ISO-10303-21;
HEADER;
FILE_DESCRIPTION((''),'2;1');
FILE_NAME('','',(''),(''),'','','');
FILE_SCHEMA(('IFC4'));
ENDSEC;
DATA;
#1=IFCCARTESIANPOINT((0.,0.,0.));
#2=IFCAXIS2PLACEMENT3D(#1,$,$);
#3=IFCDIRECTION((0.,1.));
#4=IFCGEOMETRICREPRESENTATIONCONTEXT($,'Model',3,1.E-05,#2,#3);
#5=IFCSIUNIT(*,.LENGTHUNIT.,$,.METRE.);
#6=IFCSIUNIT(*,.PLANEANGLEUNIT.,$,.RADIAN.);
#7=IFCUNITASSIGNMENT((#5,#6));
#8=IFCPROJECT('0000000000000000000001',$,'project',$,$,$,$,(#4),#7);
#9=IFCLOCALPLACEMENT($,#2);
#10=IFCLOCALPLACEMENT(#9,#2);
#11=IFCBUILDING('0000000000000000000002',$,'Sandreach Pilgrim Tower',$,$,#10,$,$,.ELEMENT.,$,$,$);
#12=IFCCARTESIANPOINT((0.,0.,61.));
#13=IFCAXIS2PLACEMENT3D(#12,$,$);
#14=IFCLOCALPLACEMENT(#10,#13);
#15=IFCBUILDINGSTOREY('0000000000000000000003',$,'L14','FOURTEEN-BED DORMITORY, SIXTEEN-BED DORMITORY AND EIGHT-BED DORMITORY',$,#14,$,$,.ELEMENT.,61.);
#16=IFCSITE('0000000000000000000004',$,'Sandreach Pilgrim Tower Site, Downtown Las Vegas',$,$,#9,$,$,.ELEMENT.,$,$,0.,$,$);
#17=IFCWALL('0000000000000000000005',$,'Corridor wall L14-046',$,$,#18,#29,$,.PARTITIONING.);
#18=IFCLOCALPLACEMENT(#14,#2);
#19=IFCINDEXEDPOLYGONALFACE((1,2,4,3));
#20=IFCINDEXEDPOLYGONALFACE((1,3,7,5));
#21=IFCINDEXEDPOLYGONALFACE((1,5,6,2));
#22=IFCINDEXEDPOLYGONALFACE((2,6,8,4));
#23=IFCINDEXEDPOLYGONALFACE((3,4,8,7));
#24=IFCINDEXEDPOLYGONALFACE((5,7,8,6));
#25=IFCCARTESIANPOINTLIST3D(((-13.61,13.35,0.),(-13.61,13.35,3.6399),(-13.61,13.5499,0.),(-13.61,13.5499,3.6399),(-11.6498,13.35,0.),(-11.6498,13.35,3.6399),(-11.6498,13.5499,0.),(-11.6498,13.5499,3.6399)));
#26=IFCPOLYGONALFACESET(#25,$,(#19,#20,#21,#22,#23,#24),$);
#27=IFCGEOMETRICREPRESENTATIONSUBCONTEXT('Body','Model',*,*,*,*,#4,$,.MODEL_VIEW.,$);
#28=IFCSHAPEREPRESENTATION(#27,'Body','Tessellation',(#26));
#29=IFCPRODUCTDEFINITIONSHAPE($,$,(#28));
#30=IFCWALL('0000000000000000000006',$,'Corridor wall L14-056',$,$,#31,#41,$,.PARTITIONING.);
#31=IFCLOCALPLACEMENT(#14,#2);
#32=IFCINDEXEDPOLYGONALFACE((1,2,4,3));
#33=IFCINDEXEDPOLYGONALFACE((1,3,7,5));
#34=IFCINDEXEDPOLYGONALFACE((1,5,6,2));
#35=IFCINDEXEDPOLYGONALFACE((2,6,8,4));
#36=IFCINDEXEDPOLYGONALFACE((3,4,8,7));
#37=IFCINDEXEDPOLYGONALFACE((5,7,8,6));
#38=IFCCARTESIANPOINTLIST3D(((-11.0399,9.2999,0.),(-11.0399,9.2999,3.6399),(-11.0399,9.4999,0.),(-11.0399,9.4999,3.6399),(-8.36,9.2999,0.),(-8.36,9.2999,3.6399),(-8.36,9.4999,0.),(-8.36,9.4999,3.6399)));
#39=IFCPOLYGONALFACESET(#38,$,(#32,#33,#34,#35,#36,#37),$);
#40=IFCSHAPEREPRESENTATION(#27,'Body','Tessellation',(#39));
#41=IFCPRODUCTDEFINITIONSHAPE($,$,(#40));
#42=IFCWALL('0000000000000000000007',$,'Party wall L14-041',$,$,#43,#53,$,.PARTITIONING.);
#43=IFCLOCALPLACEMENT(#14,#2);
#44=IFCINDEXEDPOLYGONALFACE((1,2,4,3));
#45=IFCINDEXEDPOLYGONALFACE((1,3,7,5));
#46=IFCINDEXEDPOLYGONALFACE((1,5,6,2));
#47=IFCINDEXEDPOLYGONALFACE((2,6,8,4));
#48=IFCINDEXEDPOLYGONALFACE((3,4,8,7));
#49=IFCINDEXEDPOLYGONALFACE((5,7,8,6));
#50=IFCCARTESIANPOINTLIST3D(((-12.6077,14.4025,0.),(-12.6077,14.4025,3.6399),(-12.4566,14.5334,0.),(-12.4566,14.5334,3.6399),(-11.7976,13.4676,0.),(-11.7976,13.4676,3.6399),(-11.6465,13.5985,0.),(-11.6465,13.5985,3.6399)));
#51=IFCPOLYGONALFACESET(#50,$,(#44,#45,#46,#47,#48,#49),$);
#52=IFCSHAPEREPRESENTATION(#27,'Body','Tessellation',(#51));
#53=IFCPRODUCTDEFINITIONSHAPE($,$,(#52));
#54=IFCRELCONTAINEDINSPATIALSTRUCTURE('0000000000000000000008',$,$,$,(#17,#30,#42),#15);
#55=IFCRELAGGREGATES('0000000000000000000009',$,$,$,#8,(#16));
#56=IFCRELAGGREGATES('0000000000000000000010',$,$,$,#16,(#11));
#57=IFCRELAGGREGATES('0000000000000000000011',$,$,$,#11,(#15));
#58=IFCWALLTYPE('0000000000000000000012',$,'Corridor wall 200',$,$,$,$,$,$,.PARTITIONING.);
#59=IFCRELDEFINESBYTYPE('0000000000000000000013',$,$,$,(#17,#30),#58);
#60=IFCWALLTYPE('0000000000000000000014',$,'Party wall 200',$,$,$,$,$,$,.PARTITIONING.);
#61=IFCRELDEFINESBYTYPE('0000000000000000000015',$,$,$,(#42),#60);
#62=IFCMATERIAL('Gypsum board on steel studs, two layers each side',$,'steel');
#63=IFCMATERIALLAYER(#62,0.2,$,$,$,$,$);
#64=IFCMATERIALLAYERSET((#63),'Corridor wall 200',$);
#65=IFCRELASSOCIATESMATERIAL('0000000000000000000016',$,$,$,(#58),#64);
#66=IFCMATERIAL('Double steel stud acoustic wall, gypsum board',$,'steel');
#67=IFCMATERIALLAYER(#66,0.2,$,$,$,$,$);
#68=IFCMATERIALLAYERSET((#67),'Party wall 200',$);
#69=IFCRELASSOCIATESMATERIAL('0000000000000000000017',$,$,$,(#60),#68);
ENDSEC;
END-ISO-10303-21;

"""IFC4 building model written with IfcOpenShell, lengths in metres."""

from ifc_helpers import new_model, si_unit, direction, frame, frame_2d, origin, place, context, subcontext, project, spatial, rectangle, extrude, material, layer, layer_set, type_object, element, save


model = new_model("IFC4")

# Units and contexts
model_context = context("Model", 3, precision=1e-05, world=origin(), true_north=direction((0.0, 1.0)))
body_context = subcontext(model_context, "Body", "Model", "MODEL_VIEW")
ifc_project = project(units=[si_unit("LENGTHUNIT", "METRE"), si_unit("PLANEANGLEUNIT", "RADIAN")], contexts=[model_context])

# Site, building, storey
site_placement = place(None, origin())
site = spatial("IfcSite", under=ifc_project, at=site_placement, Name="Sandreach Pilgrim Tower Site, Downtown Las Vegas", CompositionType="ELEMENT", RefElevation=0.0)
building_placement = place(site_placement, origin())
building = spatial("IfcBuilding", under=site, at=building_placement, Name="Sandreach Pilgrim Tower", CompositionType="ELEMENT")
storey_placement = place(building_placement, frame((0.0, 0.0, 61.0)))
storey = spatial("IfcBuildingStorey", under=building, at=storey_placement, Name="L14", Description="FOURTEEN-BED DORMITORY, SIXTEEN-BED DORMITORY AND EIGHT-BED DORMITORY", CompositionType="ELEMENT", Elevation=61.0)

# Shared definitions
ifc_material_1 = material(Name="Gypsum board on steel studs, two layers each side", Category="steel")
ifc_layer_1 = layer(ifc_material_1, 0.2)
ifc_layer_set_1 = layer_set([ifc_layer_1], Name="Corridor wall 200")
wall_type_1 = type_object("IfcWallType", Name="Corridor wall 200", PredefinedType="PARTITIONING", material=ifc_layer_set_1)

# Wall
wall_1_placement = place(storey_placement, frame((-11.6499, 13.45, 0.0), z_axis=(0.0, 0.0, 1.0), x_axis=(-1.0, 0.0, 0.0)))
element("IfcWall", 1, at=wall_1_placement, inside=storey, type_object=wall_type_1, Name="Corridor wall L14-046", PredefinedType="PARTITIONING", context=body_context, shape_type="SweptSolid", body=[
    extrude(rectangle(XDim=1.9602, YDim=0.2, at=frame_2d((0.98, 0.0))), origin(), (0.0, 0.0, 1.0), 3.6399),
])

# Walls
wall_2_placement = place(storey_placement, frame((-8.3601, 9.3999, 0.0), z_axis=(0.0, 0.0, 1.0), x_axis=(-1.0, 0.0, 0.0)))
element("IfcWall", 2, at=wall_2_placement, inside=storey, type_object=wall_type_1, Name="Corridor wall L14-056", PredefinedType="PARTITIONING", context=body_context, shape_type="SweptSolid", body=[
    extrude(rectangle(XDim=2.6799, YDim=0.2, at=frame_2d((1.3398, 0.0))), origin(), (0.0, 0.0, 1.0), 3.6399),
])
ifc_material_2 = material(Name="Double steel stud acoustic wall, gypsum board", Category="steel")
ifc_layer_2 = layer(ifc_material_2, 0.2)
ifc_layer_set_2 = layer_set([ifc_layer_2], Name="Party wall 200")
wall_type_2 = type_object("IfcWallType", Name="Party wall 200", PredefinedType="PARTITIONING", material=ifc_layer_set_2)
wall_3_placement = place(storey_placement, frame((-12.5322, 14.468, 0.0), z_axis=(0.0, 0.0, 1.0), x_axis=(0.654878, -0.755735, 0.0)))
element("IfcWall", 3, at=wall_3_placement, inside=storey, type_object=wall_type_2, Name="Party wall L14-041", PredefinedType="PARTITIONING", context=body_context, shape_type="SweptSolid", body=[
    extrude(rectangle(XDim=1.2371, YDim=0.2, at=frame_2d((0.6187, 0.0))), origin(), (0.0, 0.0, 1.0), 3.6399),
])

save(model, "model.ifc")
